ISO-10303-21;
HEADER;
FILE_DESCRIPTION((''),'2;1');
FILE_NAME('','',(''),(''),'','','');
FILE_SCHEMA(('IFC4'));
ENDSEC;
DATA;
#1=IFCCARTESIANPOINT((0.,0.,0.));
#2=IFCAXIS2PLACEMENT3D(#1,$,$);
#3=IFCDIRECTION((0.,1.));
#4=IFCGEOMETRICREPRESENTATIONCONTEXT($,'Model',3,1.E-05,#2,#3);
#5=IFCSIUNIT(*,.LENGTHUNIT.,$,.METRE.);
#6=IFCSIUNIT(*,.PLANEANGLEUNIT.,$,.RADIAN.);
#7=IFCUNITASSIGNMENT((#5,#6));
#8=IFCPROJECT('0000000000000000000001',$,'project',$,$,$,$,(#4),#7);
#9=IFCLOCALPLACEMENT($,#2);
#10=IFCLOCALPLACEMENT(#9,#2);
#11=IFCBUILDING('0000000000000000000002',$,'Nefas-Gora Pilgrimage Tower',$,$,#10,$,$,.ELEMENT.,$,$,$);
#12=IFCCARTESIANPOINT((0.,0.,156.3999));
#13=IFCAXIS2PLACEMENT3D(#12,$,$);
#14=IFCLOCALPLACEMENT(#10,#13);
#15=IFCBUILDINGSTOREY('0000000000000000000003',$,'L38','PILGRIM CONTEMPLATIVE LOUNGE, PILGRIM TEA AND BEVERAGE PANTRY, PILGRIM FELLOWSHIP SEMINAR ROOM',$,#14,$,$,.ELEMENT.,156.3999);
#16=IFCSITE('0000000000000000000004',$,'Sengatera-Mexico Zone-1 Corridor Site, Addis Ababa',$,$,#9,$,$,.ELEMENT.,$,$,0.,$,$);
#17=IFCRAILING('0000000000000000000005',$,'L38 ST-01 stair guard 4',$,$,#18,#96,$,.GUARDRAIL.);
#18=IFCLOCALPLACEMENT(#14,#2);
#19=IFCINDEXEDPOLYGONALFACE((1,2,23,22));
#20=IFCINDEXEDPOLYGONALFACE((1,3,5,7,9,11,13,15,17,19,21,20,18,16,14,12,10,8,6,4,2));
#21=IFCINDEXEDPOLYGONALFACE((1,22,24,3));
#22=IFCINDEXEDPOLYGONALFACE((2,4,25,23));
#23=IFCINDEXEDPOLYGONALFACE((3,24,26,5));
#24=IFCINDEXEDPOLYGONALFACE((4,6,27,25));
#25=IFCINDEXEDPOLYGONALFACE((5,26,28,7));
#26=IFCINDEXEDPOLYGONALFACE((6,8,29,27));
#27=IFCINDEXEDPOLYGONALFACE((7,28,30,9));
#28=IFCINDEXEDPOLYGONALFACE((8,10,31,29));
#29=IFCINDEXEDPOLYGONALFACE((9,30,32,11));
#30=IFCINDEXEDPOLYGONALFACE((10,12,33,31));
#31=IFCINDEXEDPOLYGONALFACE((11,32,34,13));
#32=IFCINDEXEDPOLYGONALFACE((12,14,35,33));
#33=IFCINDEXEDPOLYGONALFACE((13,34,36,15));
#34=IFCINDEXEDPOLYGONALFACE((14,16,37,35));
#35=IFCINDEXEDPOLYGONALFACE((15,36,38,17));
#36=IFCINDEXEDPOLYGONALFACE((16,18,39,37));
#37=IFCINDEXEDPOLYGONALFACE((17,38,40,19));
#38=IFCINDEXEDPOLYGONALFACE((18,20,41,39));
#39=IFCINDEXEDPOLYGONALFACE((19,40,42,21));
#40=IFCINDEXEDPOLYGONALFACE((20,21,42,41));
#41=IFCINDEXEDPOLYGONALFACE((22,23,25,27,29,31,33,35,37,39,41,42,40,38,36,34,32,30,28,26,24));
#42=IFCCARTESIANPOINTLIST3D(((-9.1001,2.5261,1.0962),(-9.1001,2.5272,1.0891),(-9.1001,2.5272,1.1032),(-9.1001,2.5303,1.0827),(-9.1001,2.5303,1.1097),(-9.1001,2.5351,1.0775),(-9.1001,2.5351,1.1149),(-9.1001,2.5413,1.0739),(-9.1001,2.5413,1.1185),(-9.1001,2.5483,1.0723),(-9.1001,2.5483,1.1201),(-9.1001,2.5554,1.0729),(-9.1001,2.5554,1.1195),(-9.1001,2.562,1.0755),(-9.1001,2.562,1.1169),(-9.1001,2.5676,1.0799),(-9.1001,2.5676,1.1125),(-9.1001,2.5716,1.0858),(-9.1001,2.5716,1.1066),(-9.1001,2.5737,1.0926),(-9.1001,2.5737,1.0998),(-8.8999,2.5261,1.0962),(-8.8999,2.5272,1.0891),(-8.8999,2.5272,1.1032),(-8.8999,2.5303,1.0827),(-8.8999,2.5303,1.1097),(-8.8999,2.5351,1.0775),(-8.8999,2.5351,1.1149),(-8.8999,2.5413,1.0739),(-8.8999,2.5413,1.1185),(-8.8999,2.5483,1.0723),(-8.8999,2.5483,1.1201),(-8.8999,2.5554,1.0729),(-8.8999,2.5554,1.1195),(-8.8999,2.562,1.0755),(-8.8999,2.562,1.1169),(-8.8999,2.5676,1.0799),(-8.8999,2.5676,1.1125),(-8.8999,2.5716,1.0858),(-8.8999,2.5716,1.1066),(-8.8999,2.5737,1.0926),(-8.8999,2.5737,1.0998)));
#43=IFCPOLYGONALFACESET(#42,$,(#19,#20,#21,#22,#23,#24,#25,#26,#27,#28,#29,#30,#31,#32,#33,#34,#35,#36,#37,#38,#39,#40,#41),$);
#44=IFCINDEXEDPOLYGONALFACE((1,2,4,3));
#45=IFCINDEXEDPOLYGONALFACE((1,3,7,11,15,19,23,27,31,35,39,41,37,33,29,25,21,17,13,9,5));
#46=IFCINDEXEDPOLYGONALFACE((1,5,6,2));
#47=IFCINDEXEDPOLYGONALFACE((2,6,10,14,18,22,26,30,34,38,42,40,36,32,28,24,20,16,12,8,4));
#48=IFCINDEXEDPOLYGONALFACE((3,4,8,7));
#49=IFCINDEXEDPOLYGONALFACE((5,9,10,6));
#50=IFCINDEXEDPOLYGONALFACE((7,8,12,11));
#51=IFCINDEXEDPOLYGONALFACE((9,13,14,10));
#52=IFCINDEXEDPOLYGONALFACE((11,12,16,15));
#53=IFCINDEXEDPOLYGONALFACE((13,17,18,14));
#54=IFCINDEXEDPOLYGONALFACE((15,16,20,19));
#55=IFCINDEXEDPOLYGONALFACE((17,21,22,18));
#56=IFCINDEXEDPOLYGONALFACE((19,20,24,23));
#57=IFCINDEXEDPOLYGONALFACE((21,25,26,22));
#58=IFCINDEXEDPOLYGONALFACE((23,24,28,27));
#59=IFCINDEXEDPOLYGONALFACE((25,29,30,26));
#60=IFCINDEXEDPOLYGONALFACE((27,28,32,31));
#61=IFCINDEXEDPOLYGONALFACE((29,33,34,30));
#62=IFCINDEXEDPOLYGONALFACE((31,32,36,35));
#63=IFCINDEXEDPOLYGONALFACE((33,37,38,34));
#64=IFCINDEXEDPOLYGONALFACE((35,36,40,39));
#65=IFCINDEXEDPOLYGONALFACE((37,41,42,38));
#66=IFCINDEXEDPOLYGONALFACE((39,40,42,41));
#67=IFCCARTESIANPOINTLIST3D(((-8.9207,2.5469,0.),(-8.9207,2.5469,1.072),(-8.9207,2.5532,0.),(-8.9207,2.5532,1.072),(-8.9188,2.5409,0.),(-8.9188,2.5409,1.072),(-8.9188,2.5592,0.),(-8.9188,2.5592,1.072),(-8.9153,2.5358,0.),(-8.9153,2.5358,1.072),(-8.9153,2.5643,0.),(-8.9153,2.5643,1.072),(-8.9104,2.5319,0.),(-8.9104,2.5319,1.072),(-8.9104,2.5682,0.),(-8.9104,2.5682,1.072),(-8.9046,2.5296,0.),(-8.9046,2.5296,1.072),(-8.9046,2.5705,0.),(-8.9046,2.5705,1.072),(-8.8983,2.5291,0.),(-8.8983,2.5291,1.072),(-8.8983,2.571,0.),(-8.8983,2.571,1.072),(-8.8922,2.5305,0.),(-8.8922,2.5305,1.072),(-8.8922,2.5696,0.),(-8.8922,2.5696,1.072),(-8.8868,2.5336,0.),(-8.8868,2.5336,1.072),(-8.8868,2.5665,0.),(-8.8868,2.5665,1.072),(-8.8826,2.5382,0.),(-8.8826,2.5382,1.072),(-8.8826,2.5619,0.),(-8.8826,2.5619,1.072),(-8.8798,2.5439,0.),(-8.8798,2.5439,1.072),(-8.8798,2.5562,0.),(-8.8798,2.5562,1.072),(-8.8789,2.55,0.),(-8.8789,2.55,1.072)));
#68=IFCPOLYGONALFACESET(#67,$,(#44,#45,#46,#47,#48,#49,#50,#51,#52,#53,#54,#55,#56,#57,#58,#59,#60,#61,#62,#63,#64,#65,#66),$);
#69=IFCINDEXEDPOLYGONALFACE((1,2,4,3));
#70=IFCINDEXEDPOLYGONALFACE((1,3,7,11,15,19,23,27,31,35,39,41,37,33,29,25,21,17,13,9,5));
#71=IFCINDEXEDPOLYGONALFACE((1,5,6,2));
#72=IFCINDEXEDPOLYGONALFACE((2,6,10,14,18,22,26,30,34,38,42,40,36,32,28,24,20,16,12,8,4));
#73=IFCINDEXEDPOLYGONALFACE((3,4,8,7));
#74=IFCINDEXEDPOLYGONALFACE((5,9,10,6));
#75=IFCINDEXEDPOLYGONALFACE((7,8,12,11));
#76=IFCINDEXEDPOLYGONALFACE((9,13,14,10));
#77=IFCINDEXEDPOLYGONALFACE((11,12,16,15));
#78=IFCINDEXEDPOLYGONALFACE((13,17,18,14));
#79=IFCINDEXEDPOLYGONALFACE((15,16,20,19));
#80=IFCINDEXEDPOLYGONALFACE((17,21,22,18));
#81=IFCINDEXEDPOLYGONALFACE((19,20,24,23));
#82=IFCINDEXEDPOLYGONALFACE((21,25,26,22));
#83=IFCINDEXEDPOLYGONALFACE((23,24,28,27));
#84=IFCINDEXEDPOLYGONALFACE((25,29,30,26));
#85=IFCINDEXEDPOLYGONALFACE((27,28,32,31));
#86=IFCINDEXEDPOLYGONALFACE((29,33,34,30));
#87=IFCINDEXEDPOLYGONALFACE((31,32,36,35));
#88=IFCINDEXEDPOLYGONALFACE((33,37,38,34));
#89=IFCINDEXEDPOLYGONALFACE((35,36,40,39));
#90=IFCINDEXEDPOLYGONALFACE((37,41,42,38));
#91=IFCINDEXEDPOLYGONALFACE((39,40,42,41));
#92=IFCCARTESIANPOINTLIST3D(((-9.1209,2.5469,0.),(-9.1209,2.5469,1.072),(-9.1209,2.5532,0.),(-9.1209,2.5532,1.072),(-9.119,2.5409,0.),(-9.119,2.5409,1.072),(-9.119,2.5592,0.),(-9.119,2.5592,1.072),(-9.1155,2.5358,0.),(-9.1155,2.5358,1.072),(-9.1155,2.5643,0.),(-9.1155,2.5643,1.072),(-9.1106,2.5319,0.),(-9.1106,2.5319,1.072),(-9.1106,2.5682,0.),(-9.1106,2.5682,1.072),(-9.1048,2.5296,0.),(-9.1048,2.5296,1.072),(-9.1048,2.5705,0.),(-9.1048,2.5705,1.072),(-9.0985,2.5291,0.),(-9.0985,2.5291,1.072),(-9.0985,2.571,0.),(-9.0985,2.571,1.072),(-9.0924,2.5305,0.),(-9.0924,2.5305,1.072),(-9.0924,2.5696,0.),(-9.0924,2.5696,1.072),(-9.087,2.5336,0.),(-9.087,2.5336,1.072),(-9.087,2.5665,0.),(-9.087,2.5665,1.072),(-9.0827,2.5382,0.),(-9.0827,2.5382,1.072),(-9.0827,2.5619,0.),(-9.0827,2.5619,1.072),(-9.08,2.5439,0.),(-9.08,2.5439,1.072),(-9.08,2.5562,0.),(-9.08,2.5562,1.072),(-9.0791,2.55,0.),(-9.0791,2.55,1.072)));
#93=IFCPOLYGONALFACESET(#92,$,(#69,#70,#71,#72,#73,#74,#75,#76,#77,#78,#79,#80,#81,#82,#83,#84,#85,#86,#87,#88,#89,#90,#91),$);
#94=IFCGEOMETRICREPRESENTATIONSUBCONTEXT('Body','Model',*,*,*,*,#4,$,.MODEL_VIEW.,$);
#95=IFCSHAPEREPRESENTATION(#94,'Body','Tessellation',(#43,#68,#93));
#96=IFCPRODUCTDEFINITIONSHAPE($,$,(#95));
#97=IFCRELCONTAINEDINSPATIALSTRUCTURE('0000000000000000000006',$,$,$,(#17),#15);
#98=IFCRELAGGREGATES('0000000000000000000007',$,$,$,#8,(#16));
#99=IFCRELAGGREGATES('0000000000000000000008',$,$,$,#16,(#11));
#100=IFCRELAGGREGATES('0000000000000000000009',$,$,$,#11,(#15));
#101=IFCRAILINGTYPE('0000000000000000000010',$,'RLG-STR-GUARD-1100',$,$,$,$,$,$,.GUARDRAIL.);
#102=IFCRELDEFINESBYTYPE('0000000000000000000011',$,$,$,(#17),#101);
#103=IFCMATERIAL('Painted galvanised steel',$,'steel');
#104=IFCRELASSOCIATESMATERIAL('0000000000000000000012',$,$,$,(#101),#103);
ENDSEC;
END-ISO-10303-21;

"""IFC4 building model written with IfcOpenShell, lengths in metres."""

from ifc_helpers import new_model, si_unit, direction, frame, origin, origin_2d, place, context, subcontext, project, spatial, circle, extrude, material, type_object, element, save


model = new_model("IFC4")

# Units and contexts
model_context = context("Model", 3, precision=1e-05, world=origin(), true_north=direction((0.0, 1.0)))
body_context = subcontext(model_context, "Body", "Model", "MODEL_VIEW")
ifc_project = project(units=[si_unit("LENGTHUNIT", "METRE"), si_unit("PLANEANGLEUNIT", "RADIAN")], contexts=[model_context])

# Site, building, storey
site_placement = place(None, origin())
site = spatial("IfcSite", under=ifc_project, at=site_placement, Name="Sengatera-Mexico Zone-1 Corridor Site, Addis Ababa", CompositionType="ELEMENT", RefElevation=0.0)
building_placement = place(site_placement, origin())
building = spatial("IfcBuilding", under=site, at=building_placement, Name="Nefas-Gora Pilgrimage Tower", CompositionType="ELEMENT")
storey_placement = place(building_placement, frame((0.0, 0.0, 156.3999)))
storey = spatial("IfcBuildingStorey", under=building, at=storey_placement, Name="L38", Description="PILGRIM CONTEMPLATIVE LOUNGE, PILGRIM TEA AND BEVERAGE PANTRY, PILGRIM FELLOWSHIP SEMINAR ROOM", CompositionType="ELEMENT", Elevation=156.3999)

# Railing
ifc_material_1 = material(Name="Painted galvanised steel", Category="steel")
railing_type_1 = type_object("IfcRailingType", Name="RLG-STR-GUARD-1100", PredefinedType="GUARDRAIL", material=ifc_material_1)
railing_1_placement = place(storey_placement, frame((-8.8999, 2.55, 0.0)))
element("IfcRailing", 1, at=railing_1_placement, inside=storey, type_object=railing_type_1, Name="L38 ST-01 stair guard 4", PredefinedType="GUARDRAIL", context=body_context, shape_type="SweptSolid", body=[
    extrude(circle(Radius=0.0239, at=origin_2d()), frame((0.0, 0.0, 1.0962), z_axis=(-1.0, 0.0, 0.0), x_axis=(0.0, -1.0, 0.0)), (0.0, 0.0, 1.0), 0.2002),
    extrude(circle(Radius=0.021, at=origin_2d()), origin(), (0.0, 0.0, 1.0), 1.072),
    extrude(circle(Radius=0.021, at=origin_2d()), frame((-0.2002, 0.0, 0.0)), (0.0, 0.0, 1.0), 1.072),
])

save(model, "model.ifc")
